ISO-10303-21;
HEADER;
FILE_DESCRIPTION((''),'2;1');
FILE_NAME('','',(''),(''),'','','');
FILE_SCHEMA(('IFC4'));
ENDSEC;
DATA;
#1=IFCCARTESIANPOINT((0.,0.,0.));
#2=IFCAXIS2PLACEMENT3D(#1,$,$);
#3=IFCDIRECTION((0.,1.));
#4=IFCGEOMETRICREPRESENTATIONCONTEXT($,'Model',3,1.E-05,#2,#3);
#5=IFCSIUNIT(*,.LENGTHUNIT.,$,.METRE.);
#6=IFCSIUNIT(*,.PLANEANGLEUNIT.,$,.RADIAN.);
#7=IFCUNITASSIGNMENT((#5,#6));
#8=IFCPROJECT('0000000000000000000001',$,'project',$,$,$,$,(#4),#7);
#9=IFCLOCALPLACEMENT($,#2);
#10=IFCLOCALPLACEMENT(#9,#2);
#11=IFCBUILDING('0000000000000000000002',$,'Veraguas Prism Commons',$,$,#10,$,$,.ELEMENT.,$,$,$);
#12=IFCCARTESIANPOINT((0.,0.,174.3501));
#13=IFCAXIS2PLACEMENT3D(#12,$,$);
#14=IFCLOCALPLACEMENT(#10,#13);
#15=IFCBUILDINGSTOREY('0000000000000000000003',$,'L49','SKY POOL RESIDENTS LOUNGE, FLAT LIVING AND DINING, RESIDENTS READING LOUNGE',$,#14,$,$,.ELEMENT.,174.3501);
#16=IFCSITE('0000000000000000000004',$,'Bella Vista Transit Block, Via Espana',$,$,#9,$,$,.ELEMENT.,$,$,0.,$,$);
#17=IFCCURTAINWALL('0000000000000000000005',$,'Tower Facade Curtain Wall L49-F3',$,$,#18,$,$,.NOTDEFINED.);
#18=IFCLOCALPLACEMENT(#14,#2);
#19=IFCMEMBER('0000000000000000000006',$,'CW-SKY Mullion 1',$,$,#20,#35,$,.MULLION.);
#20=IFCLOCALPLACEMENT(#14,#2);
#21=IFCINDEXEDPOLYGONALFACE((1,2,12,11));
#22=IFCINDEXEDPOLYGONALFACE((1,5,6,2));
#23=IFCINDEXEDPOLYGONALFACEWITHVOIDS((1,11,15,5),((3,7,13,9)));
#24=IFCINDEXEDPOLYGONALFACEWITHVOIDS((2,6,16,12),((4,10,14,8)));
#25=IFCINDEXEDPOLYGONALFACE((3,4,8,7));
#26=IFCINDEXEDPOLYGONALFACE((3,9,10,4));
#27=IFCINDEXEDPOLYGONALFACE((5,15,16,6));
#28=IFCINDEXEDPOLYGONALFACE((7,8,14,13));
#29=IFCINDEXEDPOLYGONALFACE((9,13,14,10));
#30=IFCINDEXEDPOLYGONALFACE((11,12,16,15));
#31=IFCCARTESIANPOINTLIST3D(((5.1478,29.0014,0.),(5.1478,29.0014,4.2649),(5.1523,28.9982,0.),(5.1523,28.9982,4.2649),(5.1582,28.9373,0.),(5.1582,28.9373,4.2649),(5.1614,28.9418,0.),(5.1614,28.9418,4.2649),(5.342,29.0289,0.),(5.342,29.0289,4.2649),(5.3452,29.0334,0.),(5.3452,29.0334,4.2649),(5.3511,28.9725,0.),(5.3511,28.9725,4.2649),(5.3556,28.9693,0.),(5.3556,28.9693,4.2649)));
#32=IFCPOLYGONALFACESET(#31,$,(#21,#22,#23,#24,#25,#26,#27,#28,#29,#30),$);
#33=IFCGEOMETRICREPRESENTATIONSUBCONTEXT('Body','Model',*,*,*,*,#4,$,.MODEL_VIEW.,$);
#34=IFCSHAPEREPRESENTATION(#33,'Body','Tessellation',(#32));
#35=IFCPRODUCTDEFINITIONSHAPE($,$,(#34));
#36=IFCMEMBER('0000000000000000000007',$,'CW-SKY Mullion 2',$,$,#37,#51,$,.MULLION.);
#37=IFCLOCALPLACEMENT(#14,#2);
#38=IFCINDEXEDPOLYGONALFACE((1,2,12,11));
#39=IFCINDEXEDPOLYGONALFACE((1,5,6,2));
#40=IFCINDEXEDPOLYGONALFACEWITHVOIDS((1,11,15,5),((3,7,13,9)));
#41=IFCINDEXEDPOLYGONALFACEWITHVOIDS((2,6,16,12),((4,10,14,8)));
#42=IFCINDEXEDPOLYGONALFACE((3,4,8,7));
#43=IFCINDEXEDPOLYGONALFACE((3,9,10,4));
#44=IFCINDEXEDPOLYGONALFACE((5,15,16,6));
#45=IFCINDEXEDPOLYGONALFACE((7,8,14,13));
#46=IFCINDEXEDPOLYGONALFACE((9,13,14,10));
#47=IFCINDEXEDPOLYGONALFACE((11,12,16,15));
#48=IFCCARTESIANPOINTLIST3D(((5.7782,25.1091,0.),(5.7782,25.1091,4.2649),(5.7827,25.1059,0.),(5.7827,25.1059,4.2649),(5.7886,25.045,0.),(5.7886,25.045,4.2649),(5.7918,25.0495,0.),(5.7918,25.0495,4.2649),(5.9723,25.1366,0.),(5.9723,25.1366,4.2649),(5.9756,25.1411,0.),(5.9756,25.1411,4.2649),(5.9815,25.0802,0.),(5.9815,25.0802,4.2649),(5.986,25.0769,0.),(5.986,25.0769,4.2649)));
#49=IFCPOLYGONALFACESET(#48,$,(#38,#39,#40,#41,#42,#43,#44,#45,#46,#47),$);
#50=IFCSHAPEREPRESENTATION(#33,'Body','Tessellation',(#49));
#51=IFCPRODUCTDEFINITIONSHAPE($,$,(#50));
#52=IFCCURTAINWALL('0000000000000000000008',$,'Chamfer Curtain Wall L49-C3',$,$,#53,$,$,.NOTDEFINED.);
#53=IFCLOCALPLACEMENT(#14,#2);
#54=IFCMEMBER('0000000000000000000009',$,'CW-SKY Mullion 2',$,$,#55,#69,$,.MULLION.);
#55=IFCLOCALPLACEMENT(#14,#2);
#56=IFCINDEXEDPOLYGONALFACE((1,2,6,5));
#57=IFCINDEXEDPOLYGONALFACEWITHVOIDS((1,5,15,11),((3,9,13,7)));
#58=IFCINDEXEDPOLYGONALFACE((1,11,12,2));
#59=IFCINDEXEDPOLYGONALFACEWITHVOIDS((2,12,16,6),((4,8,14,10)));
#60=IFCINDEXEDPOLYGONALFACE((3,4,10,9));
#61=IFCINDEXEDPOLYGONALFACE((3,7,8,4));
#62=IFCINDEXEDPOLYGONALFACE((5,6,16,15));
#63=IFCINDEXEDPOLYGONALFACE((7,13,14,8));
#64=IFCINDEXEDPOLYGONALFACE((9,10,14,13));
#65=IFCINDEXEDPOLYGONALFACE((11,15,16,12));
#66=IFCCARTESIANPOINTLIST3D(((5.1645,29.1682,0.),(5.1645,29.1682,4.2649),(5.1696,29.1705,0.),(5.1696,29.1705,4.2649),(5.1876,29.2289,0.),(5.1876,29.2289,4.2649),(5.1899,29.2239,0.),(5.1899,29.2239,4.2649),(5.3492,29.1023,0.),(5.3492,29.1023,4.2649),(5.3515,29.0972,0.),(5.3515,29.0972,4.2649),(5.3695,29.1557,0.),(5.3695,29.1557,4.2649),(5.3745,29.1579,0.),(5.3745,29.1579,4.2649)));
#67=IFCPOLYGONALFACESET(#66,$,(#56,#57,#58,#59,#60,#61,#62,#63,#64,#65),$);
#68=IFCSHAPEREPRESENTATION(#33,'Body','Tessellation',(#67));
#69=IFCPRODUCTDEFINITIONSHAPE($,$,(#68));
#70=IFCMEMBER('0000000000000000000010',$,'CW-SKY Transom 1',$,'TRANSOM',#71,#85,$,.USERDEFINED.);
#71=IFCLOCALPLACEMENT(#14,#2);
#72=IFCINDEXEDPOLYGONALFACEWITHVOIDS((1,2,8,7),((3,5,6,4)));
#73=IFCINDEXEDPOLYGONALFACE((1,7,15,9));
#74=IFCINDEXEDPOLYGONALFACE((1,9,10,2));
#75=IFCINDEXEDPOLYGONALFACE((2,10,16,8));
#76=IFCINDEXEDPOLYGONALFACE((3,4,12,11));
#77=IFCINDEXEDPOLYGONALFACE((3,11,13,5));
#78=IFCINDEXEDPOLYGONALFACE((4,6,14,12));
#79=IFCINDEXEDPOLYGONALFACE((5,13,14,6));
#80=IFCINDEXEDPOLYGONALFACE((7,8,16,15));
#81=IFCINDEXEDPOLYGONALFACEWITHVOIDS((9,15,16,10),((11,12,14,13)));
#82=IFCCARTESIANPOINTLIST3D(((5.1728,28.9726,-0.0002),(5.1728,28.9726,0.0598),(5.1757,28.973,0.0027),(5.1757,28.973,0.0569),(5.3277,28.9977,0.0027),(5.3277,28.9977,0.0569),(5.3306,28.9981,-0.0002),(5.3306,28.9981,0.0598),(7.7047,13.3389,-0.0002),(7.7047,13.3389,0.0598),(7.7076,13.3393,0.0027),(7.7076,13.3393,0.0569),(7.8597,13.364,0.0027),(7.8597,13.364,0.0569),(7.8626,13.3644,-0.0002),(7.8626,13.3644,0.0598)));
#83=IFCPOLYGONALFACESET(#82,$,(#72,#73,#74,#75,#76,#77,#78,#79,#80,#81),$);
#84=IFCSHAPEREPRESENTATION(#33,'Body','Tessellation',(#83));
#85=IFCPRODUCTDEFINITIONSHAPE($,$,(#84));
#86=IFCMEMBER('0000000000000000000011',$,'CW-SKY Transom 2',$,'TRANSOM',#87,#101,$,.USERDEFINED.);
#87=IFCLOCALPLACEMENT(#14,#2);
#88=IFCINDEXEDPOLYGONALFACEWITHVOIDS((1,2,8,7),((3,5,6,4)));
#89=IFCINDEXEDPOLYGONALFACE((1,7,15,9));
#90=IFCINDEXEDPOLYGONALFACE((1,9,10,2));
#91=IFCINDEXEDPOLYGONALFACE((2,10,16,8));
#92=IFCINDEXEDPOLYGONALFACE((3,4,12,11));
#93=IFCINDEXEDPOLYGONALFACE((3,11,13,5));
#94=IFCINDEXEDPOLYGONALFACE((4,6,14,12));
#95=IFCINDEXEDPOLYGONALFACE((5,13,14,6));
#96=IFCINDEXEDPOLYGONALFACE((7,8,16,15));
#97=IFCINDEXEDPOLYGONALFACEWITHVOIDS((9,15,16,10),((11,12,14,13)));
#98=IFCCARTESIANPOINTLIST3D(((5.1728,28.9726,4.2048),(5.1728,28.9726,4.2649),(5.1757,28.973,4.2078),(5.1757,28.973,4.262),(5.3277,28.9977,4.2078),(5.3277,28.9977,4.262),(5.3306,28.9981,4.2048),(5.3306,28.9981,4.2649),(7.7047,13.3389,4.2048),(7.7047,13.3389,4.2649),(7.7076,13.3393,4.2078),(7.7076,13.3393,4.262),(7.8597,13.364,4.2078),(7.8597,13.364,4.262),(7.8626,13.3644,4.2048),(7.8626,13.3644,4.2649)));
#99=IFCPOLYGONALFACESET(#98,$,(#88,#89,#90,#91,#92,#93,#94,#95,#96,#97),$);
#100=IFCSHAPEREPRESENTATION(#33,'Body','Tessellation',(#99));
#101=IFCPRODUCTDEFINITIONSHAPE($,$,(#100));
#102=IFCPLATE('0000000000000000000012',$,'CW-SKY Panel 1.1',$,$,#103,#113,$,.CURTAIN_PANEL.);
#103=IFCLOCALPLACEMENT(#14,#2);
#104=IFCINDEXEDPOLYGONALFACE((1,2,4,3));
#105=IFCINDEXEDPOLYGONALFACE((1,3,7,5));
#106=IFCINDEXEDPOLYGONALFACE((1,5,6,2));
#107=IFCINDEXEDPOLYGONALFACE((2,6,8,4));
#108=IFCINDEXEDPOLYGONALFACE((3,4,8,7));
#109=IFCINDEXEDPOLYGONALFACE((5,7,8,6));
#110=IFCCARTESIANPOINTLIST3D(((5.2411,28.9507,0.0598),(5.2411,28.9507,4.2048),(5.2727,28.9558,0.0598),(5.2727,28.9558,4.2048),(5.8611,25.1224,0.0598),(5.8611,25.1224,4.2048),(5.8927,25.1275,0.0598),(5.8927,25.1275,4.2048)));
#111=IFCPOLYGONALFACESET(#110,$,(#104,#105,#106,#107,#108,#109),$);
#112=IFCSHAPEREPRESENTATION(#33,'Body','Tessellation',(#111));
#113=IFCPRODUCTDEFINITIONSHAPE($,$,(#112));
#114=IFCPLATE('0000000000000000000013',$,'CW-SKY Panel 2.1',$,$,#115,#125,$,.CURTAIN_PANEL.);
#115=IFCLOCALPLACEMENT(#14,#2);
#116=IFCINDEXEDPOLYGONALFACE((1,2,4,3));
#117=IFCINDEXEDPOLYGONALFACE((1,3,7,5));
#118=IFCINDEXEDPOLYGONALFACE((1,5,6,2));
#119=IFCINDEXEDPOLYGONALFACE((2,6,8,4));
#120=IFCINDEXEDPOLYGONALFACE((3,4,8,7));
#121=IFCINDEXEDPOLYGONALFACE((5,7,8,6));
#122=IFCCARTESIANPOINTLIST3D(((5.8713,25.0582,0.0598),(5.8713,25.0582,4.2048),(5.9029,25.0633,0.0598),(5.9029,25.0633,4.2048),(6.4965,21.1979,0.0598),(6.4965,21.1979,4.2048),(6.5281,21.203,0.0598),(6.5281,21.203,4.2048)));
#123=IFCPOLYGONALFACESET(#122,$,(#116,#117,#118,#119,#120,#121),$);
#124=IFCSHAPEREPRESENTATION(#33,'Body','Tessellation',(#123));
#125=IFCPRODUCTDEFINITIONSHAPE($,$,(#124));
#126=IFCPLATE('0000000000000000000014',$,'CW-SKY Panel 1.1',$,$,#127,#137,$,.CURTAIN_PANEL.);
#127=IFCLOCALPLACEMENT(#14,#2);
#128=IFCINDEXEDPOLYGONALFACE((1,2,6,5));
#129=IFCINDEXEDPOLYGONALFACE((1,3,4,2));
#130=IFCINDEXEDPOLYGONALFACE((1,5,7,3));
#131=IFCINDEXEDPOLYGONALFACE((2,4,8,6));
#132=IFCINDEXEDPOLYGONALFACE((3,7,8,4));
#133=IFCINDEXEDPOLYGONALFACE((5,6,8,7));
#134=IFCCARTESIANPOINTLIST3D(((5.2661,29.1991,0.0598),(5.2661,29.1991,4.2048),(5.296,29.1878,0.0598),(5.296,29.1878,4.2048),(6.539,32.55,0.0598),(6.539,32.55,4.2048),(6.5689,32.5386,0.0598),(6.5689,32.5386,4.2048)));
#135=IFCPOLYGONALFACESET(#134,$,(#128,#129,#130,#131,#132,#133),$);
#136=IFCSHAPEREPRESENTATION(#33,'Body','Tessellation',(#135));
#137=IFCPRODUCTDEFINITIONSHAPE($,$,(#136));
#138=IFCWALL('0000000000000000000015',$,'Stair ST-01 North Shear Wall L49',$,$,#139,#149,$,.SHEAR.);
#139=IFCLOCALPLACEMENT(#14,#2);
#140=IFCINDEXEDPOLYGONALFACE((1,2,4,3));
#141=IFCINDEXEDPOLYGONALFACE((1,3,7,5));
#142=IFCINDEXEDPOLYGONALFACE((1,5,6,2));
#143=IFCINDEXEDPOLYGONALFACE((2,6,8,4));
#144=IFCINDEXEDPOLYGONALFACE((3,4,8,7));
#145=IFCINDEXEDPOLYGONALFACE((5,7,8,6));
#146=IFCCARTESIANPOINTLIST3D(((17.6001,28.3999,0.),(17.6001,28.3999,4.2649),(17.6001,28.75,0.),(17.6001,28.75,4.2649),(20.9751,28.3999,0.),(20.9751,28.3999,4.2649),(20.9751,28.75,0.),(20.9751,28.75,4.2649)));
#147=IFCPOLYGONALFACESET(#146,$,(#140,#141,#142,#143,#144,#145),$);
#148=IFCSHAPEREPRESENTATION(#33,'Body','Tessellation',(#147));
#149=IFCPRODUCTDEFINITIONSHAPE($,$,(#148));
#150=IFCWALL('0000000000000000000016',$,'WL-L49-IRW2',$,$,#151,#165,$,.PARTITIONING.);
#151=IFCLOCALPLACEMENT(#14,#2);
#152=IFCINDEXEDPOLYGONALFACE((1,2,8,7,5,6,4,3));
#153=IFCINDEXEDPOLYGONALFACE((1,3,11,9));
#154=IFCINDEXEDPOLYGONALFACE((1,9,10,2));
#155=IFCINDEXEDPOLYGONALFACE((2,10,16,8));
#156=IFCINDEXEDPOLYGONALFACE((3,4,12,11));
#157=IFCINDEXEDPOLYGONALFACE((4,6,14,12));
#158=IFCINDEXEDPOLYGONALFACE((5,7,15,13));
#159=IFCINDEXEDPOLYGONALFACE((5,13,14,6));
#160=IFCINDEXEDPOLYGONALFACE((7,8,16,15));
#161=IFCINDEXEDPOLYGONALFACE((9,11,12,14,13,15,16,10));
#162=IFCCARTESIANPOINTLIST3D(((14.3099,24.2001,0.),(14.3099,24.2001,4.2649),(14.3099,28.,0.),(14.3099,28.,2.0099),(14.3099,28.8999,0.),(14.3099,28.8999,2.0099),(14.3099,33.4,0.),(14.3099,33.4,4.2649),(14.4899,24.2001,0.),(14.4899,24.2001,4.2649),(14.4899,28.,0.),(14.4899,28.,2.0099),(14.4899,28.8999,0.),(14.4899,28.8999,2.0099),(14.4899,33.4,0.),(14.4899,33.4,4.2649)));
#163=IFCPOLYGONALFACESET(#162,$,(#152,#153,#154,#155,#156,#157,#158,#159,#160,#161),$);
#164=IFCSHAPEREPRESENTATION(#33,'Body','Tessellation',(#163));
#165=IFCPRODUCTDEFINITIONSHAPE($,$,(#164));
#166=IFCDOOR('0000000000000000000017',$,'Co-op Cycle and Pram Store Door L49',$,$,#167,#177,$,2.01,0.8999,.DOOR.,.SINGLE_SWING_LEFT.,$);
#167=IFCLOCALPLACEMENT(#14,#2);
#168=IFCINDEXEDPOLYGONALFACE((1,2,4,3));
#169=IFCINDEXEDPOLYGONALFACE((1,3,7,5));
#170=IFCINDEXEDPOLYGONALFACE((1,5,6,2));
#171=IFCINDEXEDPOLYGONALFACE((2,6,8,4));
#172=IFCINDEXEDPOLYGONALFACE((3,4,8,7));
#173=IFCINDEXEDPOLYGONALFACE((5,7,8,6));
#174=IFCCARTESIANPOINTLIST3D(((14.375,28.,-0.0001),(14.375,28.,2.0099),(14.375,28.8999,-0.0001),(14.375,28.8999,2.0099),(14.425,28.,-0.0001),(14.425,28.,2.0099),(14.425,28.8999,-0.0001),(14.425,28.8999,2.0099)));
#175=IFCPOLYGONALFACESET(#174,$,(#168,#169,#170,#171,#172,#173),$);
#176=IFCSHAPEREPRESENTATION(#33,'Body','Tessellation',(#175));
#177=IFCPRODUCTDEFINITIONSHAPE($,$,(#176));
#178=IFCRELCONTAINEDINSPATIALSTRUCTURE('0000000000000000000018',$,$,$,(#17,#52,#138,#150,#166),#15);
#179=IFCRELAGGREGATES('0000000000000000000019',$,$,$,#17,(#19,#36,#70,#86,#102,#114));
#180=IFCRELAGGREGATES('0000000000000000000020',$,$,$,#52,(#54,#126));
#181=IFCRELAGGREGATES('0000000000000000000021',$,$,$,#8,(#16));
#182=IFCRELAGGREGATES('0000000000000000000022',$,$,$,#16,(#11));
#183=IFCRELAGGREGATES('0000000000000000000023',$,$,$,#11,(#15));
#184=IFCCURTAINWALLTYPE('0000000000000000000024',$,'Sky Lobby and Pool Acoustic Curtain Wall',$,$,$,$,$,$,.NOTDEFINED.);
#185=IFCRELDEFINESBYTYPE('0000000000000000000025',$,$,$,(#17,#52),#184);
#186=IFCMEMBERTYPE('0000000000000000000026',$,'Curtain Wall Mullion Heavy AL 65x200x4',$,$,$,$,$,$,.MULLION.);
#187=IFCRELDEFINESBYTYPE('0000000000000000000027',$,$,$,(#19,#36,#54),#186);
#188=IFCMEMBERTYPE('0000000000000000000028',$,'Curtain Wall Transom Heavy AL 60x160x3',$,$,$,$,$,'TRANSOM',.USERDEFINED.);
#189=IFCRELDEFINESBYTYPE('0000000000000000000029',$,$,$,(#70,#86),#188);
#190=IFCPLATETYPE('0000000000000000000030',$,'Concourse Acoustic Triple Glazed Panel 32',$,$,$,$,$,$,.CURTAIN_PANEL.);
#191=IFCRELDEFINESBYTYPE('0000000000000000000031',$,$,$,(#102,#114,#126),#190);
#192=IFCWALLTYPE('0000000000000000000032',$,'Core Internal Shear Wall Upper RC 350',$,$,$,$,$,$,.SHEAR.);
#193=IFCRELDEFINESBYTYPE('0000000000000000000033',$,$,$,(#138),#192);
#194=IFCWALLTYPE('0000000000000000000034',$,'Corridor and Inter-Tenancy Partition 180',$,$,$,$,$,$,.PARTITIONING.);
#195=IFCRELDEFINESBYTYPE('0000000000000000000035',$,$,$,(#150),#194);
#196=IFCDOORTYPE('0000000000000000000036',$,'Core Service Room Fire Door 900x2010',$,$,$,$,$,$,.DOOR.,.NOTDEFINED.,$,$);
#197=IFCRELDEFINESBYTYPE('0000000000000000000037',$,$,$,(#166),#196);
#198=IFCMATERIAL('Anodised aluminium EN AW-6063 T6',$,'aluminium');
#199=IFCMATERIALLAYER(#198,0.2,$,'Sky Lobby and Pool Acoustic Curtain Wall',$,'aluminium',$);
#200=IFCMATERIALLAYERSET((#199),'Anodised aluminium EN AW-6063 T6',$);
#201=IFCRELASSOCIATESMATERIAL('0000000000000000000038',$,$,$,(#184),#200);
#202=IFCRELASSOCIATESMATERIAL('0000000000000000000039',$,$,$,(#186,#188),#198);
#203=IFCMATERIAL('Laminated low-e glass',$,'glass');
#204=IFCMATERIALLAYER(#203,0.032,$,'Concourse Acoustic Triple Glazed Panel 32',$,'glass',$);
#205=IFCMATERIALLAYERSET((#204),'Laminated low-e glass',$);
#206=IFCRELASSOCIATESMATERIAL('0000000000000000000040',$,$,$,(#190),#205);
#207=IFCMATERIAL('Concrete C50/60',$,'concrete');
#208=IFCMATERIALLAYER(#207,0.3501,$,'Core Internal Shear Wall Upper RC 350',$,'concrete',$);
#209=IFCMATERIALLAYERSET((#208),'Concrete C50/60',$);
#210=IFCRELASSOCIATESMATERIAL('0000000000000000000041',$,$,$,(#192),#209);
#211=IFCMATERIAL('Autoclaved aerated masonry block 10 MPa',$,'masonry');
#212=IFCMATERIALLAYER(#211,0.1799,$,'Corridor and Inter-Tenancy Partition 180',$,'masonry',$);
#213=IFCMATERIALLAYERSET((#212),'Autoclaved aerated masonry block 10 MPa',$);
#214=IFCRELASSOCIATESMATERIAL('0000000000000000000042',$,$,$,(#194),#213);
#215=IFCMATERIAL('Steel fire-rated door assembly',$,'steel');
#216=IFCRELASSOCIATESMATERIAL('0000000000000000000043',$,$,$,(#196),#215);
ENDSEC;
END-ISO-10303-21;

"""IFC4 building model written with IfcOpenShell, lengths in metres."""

from ifc_helpers import new_model, si_unit, direction, frame, frame_2d, origin, origin_2d, place, context, subcontext, project, spatial, rectangle, hollow_rectangle, extrude, source, transform, mapped, material, layer, layer_set, material_profile, profile_set, type_object, element, fill, aggregate, save


model = new_model("IFC4")

# Units and contexts
model_context = context("Model", 3, precision=1e-05, world=origin(), true_north=direction((0.0, 1.0)))
body_context = subcontext(model_context, "Body", "Model", "MODEL_VIEW")
ifc_project = project(units=[si_unit("LENGTHUNIT", "METRE"), si_unit("PLANEANGLEUNIT", "RADIAN")], contexts=[model_context])

# Site, building, storey
site_placement = place(None, origin())
site = spatial("IfcSite", under=ifc_project, at=site_placement, Name="Bella Vista Transit Block, Via Espana", CompositionType="ELEMENT", RefElevation=0.0)
building_placement = place(site_placement, origin())
building = spatial("IfcBuilding", under=site, at=building_placement, Name="Veraguas Prism Commons", CompositionType="ELEMENT")
storey_placement = place(building_placement, frame((0.0, 0.0, 174.3501)))
storey = spatial("IfcBuildingStorey", under=building, at=storey_placement, Name="L49", Description="SKY POOL RESIDENTS LOUNGE, FLAT LIVING AND DINING, RESIDENTS READING LOUNGE", CompositionType="ELEMENT", Elevation=174.3501)

# Shared definitions
ifc_material_1 = material(Name="Concrete C50/60", Category="concrete")

# Curtain wall, members
ifc_material_2 = material(Name="Anodised aluminium EN AW-6063 T6", Category="aluminium")
ifc_layer_1 = layer(ifc_material_2, 0.2, Name="Sky Lobby and Pool Acoustic Curtain Wall", Category="aluminium")
ifc_layer_set_1 = layer_set([ifc_layer_1], Name="Anodised aluminium EN AW-6063 T6")
curtain_wall_type = type_object("IfcCurtainWallType", Name="Sky Lobby and Pool Acoustic Curtain Wall", PredefinedType="NOTDEFINED", material=ifc_layer_set_1)
curtain_wall_1_placement = place(storey_placement, origin())
curtain_wall_1 = element("IfcCurtainWall", 1, at=curtain_wall_1_placement, inside=storey, type_object=curtain_wall_type, Name="Tower Facade Curtain Wall L49-F3", PredefinedType="NOTDEFINED")
ifc_material_profile_1 = material_profile(ifc_material_2, hollow_rectangle(XDim=0.0649, YDim=0.2, WallThickness=0.0039, at=origin_2d()), Name="AL65X200X4")
ifc_profile_set_1 = profile_set([ifc_material_profile_1], Name="Anodised aluminium EN AW-6063 T6")
member_type_1 = type_object("IfcMemberType", Name="Curtain Wall Mullion Heavy AL 65x200x4", PredefinedType="MULLION", material=ifc_profile_set_1)
shared_shape_1 = source(origin(), body_context, "Body", "SweptSolid", [
    extrude(hollow_rectangle(XDim=0.0649, YDim=0.2, WallThickness=0.0039, at=origin_2d()), origin(), (0.0, 0.0, 1.0), 4.2649),
])
member_1_placement = place(storey_placement, frame((5.2517, 28.9854, 0.0), z_axis=(0.0, 0.0, 1.0), x_axis=(0.159874, -0.987137, 0.0)))
member_1 = element("IfcMember", 2, at=member_1_placement, type_object=member_type_1, Name="CW-SKY Mullion 1", PredefinedType="MULLION", context=body_context, shape_type="MappedRepresentation", body=[
    mapped(shared_shape_1, transform((0.0, 0.0, 0.0), scale=1.0)),
])
member_2_placement = place(storey_placement, frame((5.8821, 25.093, 0.0), z_axis=(0.0, 0.0, 1.0), x_axis=(0.159874, -0.987137, 0.0)))
member_2 = element("IfcMember", 3, at=member_2_placement, type_object=member_type_1, Name="CW-SKY Mullion 2", PredefinedType="MULLION", context=body_context, shape_type="MappedRepresentation", body=[
    mapped(shared_shape_1, transform((0.0, 0.0, 0.0), scale=1.0)),
])

# Curtain wall, member
curtain_wall_2_placement = place(storey_placement, origin())
curtain_wall_2 = element("IfcCurtainWall", 4, at=curtain_wall_2_placement, inside=storey, type_object=curtain_wall_type, Name="Chamfer Curtain Wall L49-C3", PredefinedType="NOTDEFINED")
member_3_placement = place(storey_placement, frame((5.2695, 29.1631, 0.0), z_axis=(0.0, 0.0, 1.0), x_axis=(-0.355107, -0.934826, 0.0)))
member_3 = element("IfcMember", 5, at=member_3_placement, type_object=member_type_1, Name="CW-SKY Mullion 2", PredefinedType="MULLION", context=body_context, shape_type="MappedRepresentation", body=[
    mapped(shared_shape_1, transform((0.0, 0.0, 0.0), scale=1.0)),
])

# Members
ifc_material_profile_2 = material_profile(ifc_material_2, hollow_rectangle(XDim=0.0601, YDim=0.1599, WallThickness=0.0029, at=origin_2d()), Name="AL60X160X3")
ifc_profile_set_2 = profile_set([ifc_material_profile_2], Name="Anodised aluminium EN AW-6063 T6")
member_type_2 = type_object("IfcMemberType", Name="Curtain Wall Transom Heavy AL 60x160x3", ElementType="TRANSOM", PredefinedType="USERDEFINED", material=ifc_profile_set_2)
shared_shape_2 = source(origin(), body_context, "Body", "SweptSolid", [
    extrude(hollow_rectangle(XDim=0.0601, YDim=0.1599, WallThickness=0.0029, at=origin_2d()), origin(), (0.0, 0.0, 1.0), 15.8374),
])
member_4_placement = place(storey_placement, frame((5.2517, 28.9854, 0.0298), z_axis=(0.159873, -0.987138, 0.0), x_axis=(0.0, 0.0, 1.0)))
member_4 = element("IfcMember", 6, at=member_4_placement, type_object=member_type_2, Name="CW-SKY Transom 1", ObjectType="TRANSOM", PredefinedType="USERDEFINED", context=body_context, shape_type="MappedRepresentation", body=[
    mapped(shared_shape_2, transform((0.0, 0.0, 0.0), scale=1.0)),
])
member_5_placement = place(storey_placement, frame((5.2517, 28.9854, 4.2349), z_axis=(0.159873, -0.987138, 0.0), x_axis=(0.0, 0.0, 1.0)))
member_5 = element("IfcMember", 7, at=member_5_placement, type_object=member_type_2, Name="CW-SKY Transom 2", ObjectType="TRANSOM", PredefinedType="USERDEFINED", context=body_context, shape_type="MappedRepresentation", body=[
    mapped(shared_shape_2, transform((0.0, 0.0, 0.0), scale=1.0)),
])

# Plates
ifc_material_3 = material(Name="Laminated low-e glass", Category="glass")
ifc_layer_2 = layer(ifc_material_3, 0.032, Name="Concourse Acoustic Triple Glazed Panel 32", Category="glass")
ifc_layer_set_2 = layer_set([ifc_layer_2], Name="Laminated low-e glass")
plate_type = type_object("IfcPlateType", Name="Concourse Acoustic Triple Glazed Panel 32", PredefinedType="CURTAIN_PANEL", material=ifc_layer_set_2)
shared_shape_3 = source(origin(), body_context, "Body", "SweptSolid", [
    extrude(rectangle(XDim=3.8782, YDim=0.032, at=origin_2d()), origin(), (0.0, 0.0, 1.0), 4.145),
])
plate_1_placement = place(storey_placement, frame((5.5669, 27.0391, 0.0598), z_axis=(0.0, 0.0, 1.0), x_axis=(0.159874, -0.987137, 0.0)))
plate_1 = element("IfcPlate", 8, at=plate_1_placement, type_object=plate_type, Name="CW-SKY Panel 1.1", PredefinedType="CURTAIN_PANEL", context=body_context, shape_type="MappedRepresentation", body=[
    mapped(shared_shape_3, transform((0.0, 0.0, 0.0), scale=1.0)),
])
shared_shape_4 = source(origin(), body_context, "Body", "SweptSolid", [
    extrude(rectangle(XDim=3.9106, YDim=0.032, at=origin_2d()), origin(), (0.0, 0.0, 1.0), 4.145),
])
plate_2_placement = place(storey_placement, frame((6.1997, 23.1306, 0.0598), z_axis=(0.0, 0.0, 1.0), x_axis=(0.159874, -0.987137, 0.0)))
plate_2 = element("IfcPlate", 9, at=plate_2_placement, type_object=plate_type, Name="CW-SKY Panel 2.1", PredefinedType="CURTAIN_PANEL", context=body_context, shape_type="MappedRepresentation", body=[
    mapped(shared_shape_4, transform((0.0, 0.0, 0.0), scale=1.0)),
])
aggregate(curtain_wall_1, [member_1, member_2, member_4, member_5, plate_1, plate_2])
shared_shape_5 = source(origin(), body_context, "Body", "SweptSolid", [
    extrude(rectangle(XDim=3.5845, YDim=0.032, at=origin_2d()), origin(), (0.0, 0.0, 1.0), 4.145),
])
plate_3_placement = place(storey_placement, frame((5.9175, 30.8689, 0.0598), z_axis=(0.0, 0.0, 1.0), x_axis=(-0.355107, -0.934826, 0.0)))
plate_3 = element("IfcPlate", 10, at=plate_3_placement, type_object=plate_type, Name="CW-SKY Panel 1.1", PredefinedType="CURTAIN_PANEL", context=body_context, shape_type="MappedRepresentation", body=[
    mapped(shared_shape_5, transform((0.0, 0.0, 0.0), scale=1.0)),
])
aggregate(curtain_wall_2, [member_3, plate_3])

# Wall
ifc_layer_3 = layer(ifc_material_1, 0.3501, Name="Core Internal Shear Wall Upper RC 350", Category="concrete")
ifc_layer_set_3 = layer_set([ifc_layer_3], Name="Concrete C50/60")
wall_type_1 = type_object("IfcWallType", Name="Core Internal Shear Wall Upper RC 350", PredefinedType="SHEAR", material=ifc_layer_set_3)
wall_1_placement = place(storey_placement, frame((17.6001, 28.575, 0.0), z_axis=(0.0, 0.0, 1.0), x_axis=(1.0, 0.0, 0.0)))
element("IfcWall", 11, at=wall_1_placement, inside=storey, type_object=wall_type_1, Name="Stair ST-01 North Shear Wall L49", PredefinedType="SHEAR", context=body_context, shape_type="SweptSolid", body=[
    extrude(rectangle(XDim=3.375, YDim=0.3501, at=frame_2d((1.6875, 0.0))), origin(), (0.0, 0.0, 1.0), 4.2649),
])

# Wall, opening, door
ifc_material_4 = material(Name="Autoclaved aerated masonry block 10 MPa", Category="masonry")
ifc_layer_4 = layer(ifc_material_4, 0.1799, Name="Corridor and Inter-Tenancy Partition 180", Category="masonry")
ifc_layer_set_4 = layer_set([ifc_layer_4], Name="Autoclaved aerated masonry block 10 MPa")
wall_type_2 = type_object("IfcWallType", Name="Corridor and Inter-Tenancy Partition 180", PredefinedType="PARTITIONING", material=ifc_layer_set_4)
wall_2_placement = place(storey_placement, frame((14.3999, 24.2, 0.0), z_axis=(0.0, 0.0, 1.0), x_axis=(0.0, 1.0, 0.0)))
wall_2 = element("IfcWall", 12, at=wall_2_placement, inside=storey, type_object=wall_type_2, Name="WL-L49-IRW2", PredefinedType="PARTITIONING", context=body_context, shape_type="SweptSolid", body=[
    extrude(rectangle(XDim=9.2, YDim=0.1799, at=frame_2d((4.6001, 0.0))), origin(), (0.0, 0.0, 1.0), 4.2649),
])
opening_1_placement = place(wall_2_placement, frame((3.8, 0.0, 0.0)))
opening_1 = element("IfcOpeningElement", 13, at=opening_1_placement, cuts=wall_2, PredefinedType="OPENING", context=body_context, shape_type="SweptSolid", body=[
    extrude(rectangle(XDim=0.8999, YDim=2.01, at=frame_2d((0.45, 1.0049))), frame((0.0, 0.0999, 0.0), z_axis=(0.0, -1.0, 0.0), x_axis=(1.0, 0.0, 0.0)), (0.0, 0.0, 1.0), 0.2),
])
ifc_material_5 = material(Name="Steel fire-rated door assembly", Category="steel")
door_type_1 = type_object("IfcDoorType", Name="Core Service Room Fire Door 900x2010", OperationType="NOTDEFINED", PredefinedType="DOOR", material=ifc_material_5)
shared_shape_6 = source(origin(), body_context, "Body", "SweptSolid", [
    extrude(rectangle(XDim=0.8999, YDim=2.01, at=frame_2d((0.45, 1.0049))), frame((0.0, 0.0249, 0.0), z_axis=(0.0, -1.0, 0.0), x_axis=(1.0, 0.0, 0.0)), (0.0, 0.0, 1.0), 0.05),
])
door_1_placement = place(opening_1_placement, origin())
door_1 = element("IfcDoor", 14, at=door_1_placement, inside=storey, type_object=door_type_1, Name="Co-op Cycle and Pram Store Door L49", OperationType="SINGLE_SWING_LEFT", OverallHeight=2.01, OverallWidth=0.8999, PredefinedType="DOOR", context=body_context, shape_type="MappedRepresentation", body=[
    mapped(shared_shape_6, transform((0.0, 0.0, 0.0), scale=1.0)),
])
fill(opening_1, door_1)

save(model, "model.ifc")
